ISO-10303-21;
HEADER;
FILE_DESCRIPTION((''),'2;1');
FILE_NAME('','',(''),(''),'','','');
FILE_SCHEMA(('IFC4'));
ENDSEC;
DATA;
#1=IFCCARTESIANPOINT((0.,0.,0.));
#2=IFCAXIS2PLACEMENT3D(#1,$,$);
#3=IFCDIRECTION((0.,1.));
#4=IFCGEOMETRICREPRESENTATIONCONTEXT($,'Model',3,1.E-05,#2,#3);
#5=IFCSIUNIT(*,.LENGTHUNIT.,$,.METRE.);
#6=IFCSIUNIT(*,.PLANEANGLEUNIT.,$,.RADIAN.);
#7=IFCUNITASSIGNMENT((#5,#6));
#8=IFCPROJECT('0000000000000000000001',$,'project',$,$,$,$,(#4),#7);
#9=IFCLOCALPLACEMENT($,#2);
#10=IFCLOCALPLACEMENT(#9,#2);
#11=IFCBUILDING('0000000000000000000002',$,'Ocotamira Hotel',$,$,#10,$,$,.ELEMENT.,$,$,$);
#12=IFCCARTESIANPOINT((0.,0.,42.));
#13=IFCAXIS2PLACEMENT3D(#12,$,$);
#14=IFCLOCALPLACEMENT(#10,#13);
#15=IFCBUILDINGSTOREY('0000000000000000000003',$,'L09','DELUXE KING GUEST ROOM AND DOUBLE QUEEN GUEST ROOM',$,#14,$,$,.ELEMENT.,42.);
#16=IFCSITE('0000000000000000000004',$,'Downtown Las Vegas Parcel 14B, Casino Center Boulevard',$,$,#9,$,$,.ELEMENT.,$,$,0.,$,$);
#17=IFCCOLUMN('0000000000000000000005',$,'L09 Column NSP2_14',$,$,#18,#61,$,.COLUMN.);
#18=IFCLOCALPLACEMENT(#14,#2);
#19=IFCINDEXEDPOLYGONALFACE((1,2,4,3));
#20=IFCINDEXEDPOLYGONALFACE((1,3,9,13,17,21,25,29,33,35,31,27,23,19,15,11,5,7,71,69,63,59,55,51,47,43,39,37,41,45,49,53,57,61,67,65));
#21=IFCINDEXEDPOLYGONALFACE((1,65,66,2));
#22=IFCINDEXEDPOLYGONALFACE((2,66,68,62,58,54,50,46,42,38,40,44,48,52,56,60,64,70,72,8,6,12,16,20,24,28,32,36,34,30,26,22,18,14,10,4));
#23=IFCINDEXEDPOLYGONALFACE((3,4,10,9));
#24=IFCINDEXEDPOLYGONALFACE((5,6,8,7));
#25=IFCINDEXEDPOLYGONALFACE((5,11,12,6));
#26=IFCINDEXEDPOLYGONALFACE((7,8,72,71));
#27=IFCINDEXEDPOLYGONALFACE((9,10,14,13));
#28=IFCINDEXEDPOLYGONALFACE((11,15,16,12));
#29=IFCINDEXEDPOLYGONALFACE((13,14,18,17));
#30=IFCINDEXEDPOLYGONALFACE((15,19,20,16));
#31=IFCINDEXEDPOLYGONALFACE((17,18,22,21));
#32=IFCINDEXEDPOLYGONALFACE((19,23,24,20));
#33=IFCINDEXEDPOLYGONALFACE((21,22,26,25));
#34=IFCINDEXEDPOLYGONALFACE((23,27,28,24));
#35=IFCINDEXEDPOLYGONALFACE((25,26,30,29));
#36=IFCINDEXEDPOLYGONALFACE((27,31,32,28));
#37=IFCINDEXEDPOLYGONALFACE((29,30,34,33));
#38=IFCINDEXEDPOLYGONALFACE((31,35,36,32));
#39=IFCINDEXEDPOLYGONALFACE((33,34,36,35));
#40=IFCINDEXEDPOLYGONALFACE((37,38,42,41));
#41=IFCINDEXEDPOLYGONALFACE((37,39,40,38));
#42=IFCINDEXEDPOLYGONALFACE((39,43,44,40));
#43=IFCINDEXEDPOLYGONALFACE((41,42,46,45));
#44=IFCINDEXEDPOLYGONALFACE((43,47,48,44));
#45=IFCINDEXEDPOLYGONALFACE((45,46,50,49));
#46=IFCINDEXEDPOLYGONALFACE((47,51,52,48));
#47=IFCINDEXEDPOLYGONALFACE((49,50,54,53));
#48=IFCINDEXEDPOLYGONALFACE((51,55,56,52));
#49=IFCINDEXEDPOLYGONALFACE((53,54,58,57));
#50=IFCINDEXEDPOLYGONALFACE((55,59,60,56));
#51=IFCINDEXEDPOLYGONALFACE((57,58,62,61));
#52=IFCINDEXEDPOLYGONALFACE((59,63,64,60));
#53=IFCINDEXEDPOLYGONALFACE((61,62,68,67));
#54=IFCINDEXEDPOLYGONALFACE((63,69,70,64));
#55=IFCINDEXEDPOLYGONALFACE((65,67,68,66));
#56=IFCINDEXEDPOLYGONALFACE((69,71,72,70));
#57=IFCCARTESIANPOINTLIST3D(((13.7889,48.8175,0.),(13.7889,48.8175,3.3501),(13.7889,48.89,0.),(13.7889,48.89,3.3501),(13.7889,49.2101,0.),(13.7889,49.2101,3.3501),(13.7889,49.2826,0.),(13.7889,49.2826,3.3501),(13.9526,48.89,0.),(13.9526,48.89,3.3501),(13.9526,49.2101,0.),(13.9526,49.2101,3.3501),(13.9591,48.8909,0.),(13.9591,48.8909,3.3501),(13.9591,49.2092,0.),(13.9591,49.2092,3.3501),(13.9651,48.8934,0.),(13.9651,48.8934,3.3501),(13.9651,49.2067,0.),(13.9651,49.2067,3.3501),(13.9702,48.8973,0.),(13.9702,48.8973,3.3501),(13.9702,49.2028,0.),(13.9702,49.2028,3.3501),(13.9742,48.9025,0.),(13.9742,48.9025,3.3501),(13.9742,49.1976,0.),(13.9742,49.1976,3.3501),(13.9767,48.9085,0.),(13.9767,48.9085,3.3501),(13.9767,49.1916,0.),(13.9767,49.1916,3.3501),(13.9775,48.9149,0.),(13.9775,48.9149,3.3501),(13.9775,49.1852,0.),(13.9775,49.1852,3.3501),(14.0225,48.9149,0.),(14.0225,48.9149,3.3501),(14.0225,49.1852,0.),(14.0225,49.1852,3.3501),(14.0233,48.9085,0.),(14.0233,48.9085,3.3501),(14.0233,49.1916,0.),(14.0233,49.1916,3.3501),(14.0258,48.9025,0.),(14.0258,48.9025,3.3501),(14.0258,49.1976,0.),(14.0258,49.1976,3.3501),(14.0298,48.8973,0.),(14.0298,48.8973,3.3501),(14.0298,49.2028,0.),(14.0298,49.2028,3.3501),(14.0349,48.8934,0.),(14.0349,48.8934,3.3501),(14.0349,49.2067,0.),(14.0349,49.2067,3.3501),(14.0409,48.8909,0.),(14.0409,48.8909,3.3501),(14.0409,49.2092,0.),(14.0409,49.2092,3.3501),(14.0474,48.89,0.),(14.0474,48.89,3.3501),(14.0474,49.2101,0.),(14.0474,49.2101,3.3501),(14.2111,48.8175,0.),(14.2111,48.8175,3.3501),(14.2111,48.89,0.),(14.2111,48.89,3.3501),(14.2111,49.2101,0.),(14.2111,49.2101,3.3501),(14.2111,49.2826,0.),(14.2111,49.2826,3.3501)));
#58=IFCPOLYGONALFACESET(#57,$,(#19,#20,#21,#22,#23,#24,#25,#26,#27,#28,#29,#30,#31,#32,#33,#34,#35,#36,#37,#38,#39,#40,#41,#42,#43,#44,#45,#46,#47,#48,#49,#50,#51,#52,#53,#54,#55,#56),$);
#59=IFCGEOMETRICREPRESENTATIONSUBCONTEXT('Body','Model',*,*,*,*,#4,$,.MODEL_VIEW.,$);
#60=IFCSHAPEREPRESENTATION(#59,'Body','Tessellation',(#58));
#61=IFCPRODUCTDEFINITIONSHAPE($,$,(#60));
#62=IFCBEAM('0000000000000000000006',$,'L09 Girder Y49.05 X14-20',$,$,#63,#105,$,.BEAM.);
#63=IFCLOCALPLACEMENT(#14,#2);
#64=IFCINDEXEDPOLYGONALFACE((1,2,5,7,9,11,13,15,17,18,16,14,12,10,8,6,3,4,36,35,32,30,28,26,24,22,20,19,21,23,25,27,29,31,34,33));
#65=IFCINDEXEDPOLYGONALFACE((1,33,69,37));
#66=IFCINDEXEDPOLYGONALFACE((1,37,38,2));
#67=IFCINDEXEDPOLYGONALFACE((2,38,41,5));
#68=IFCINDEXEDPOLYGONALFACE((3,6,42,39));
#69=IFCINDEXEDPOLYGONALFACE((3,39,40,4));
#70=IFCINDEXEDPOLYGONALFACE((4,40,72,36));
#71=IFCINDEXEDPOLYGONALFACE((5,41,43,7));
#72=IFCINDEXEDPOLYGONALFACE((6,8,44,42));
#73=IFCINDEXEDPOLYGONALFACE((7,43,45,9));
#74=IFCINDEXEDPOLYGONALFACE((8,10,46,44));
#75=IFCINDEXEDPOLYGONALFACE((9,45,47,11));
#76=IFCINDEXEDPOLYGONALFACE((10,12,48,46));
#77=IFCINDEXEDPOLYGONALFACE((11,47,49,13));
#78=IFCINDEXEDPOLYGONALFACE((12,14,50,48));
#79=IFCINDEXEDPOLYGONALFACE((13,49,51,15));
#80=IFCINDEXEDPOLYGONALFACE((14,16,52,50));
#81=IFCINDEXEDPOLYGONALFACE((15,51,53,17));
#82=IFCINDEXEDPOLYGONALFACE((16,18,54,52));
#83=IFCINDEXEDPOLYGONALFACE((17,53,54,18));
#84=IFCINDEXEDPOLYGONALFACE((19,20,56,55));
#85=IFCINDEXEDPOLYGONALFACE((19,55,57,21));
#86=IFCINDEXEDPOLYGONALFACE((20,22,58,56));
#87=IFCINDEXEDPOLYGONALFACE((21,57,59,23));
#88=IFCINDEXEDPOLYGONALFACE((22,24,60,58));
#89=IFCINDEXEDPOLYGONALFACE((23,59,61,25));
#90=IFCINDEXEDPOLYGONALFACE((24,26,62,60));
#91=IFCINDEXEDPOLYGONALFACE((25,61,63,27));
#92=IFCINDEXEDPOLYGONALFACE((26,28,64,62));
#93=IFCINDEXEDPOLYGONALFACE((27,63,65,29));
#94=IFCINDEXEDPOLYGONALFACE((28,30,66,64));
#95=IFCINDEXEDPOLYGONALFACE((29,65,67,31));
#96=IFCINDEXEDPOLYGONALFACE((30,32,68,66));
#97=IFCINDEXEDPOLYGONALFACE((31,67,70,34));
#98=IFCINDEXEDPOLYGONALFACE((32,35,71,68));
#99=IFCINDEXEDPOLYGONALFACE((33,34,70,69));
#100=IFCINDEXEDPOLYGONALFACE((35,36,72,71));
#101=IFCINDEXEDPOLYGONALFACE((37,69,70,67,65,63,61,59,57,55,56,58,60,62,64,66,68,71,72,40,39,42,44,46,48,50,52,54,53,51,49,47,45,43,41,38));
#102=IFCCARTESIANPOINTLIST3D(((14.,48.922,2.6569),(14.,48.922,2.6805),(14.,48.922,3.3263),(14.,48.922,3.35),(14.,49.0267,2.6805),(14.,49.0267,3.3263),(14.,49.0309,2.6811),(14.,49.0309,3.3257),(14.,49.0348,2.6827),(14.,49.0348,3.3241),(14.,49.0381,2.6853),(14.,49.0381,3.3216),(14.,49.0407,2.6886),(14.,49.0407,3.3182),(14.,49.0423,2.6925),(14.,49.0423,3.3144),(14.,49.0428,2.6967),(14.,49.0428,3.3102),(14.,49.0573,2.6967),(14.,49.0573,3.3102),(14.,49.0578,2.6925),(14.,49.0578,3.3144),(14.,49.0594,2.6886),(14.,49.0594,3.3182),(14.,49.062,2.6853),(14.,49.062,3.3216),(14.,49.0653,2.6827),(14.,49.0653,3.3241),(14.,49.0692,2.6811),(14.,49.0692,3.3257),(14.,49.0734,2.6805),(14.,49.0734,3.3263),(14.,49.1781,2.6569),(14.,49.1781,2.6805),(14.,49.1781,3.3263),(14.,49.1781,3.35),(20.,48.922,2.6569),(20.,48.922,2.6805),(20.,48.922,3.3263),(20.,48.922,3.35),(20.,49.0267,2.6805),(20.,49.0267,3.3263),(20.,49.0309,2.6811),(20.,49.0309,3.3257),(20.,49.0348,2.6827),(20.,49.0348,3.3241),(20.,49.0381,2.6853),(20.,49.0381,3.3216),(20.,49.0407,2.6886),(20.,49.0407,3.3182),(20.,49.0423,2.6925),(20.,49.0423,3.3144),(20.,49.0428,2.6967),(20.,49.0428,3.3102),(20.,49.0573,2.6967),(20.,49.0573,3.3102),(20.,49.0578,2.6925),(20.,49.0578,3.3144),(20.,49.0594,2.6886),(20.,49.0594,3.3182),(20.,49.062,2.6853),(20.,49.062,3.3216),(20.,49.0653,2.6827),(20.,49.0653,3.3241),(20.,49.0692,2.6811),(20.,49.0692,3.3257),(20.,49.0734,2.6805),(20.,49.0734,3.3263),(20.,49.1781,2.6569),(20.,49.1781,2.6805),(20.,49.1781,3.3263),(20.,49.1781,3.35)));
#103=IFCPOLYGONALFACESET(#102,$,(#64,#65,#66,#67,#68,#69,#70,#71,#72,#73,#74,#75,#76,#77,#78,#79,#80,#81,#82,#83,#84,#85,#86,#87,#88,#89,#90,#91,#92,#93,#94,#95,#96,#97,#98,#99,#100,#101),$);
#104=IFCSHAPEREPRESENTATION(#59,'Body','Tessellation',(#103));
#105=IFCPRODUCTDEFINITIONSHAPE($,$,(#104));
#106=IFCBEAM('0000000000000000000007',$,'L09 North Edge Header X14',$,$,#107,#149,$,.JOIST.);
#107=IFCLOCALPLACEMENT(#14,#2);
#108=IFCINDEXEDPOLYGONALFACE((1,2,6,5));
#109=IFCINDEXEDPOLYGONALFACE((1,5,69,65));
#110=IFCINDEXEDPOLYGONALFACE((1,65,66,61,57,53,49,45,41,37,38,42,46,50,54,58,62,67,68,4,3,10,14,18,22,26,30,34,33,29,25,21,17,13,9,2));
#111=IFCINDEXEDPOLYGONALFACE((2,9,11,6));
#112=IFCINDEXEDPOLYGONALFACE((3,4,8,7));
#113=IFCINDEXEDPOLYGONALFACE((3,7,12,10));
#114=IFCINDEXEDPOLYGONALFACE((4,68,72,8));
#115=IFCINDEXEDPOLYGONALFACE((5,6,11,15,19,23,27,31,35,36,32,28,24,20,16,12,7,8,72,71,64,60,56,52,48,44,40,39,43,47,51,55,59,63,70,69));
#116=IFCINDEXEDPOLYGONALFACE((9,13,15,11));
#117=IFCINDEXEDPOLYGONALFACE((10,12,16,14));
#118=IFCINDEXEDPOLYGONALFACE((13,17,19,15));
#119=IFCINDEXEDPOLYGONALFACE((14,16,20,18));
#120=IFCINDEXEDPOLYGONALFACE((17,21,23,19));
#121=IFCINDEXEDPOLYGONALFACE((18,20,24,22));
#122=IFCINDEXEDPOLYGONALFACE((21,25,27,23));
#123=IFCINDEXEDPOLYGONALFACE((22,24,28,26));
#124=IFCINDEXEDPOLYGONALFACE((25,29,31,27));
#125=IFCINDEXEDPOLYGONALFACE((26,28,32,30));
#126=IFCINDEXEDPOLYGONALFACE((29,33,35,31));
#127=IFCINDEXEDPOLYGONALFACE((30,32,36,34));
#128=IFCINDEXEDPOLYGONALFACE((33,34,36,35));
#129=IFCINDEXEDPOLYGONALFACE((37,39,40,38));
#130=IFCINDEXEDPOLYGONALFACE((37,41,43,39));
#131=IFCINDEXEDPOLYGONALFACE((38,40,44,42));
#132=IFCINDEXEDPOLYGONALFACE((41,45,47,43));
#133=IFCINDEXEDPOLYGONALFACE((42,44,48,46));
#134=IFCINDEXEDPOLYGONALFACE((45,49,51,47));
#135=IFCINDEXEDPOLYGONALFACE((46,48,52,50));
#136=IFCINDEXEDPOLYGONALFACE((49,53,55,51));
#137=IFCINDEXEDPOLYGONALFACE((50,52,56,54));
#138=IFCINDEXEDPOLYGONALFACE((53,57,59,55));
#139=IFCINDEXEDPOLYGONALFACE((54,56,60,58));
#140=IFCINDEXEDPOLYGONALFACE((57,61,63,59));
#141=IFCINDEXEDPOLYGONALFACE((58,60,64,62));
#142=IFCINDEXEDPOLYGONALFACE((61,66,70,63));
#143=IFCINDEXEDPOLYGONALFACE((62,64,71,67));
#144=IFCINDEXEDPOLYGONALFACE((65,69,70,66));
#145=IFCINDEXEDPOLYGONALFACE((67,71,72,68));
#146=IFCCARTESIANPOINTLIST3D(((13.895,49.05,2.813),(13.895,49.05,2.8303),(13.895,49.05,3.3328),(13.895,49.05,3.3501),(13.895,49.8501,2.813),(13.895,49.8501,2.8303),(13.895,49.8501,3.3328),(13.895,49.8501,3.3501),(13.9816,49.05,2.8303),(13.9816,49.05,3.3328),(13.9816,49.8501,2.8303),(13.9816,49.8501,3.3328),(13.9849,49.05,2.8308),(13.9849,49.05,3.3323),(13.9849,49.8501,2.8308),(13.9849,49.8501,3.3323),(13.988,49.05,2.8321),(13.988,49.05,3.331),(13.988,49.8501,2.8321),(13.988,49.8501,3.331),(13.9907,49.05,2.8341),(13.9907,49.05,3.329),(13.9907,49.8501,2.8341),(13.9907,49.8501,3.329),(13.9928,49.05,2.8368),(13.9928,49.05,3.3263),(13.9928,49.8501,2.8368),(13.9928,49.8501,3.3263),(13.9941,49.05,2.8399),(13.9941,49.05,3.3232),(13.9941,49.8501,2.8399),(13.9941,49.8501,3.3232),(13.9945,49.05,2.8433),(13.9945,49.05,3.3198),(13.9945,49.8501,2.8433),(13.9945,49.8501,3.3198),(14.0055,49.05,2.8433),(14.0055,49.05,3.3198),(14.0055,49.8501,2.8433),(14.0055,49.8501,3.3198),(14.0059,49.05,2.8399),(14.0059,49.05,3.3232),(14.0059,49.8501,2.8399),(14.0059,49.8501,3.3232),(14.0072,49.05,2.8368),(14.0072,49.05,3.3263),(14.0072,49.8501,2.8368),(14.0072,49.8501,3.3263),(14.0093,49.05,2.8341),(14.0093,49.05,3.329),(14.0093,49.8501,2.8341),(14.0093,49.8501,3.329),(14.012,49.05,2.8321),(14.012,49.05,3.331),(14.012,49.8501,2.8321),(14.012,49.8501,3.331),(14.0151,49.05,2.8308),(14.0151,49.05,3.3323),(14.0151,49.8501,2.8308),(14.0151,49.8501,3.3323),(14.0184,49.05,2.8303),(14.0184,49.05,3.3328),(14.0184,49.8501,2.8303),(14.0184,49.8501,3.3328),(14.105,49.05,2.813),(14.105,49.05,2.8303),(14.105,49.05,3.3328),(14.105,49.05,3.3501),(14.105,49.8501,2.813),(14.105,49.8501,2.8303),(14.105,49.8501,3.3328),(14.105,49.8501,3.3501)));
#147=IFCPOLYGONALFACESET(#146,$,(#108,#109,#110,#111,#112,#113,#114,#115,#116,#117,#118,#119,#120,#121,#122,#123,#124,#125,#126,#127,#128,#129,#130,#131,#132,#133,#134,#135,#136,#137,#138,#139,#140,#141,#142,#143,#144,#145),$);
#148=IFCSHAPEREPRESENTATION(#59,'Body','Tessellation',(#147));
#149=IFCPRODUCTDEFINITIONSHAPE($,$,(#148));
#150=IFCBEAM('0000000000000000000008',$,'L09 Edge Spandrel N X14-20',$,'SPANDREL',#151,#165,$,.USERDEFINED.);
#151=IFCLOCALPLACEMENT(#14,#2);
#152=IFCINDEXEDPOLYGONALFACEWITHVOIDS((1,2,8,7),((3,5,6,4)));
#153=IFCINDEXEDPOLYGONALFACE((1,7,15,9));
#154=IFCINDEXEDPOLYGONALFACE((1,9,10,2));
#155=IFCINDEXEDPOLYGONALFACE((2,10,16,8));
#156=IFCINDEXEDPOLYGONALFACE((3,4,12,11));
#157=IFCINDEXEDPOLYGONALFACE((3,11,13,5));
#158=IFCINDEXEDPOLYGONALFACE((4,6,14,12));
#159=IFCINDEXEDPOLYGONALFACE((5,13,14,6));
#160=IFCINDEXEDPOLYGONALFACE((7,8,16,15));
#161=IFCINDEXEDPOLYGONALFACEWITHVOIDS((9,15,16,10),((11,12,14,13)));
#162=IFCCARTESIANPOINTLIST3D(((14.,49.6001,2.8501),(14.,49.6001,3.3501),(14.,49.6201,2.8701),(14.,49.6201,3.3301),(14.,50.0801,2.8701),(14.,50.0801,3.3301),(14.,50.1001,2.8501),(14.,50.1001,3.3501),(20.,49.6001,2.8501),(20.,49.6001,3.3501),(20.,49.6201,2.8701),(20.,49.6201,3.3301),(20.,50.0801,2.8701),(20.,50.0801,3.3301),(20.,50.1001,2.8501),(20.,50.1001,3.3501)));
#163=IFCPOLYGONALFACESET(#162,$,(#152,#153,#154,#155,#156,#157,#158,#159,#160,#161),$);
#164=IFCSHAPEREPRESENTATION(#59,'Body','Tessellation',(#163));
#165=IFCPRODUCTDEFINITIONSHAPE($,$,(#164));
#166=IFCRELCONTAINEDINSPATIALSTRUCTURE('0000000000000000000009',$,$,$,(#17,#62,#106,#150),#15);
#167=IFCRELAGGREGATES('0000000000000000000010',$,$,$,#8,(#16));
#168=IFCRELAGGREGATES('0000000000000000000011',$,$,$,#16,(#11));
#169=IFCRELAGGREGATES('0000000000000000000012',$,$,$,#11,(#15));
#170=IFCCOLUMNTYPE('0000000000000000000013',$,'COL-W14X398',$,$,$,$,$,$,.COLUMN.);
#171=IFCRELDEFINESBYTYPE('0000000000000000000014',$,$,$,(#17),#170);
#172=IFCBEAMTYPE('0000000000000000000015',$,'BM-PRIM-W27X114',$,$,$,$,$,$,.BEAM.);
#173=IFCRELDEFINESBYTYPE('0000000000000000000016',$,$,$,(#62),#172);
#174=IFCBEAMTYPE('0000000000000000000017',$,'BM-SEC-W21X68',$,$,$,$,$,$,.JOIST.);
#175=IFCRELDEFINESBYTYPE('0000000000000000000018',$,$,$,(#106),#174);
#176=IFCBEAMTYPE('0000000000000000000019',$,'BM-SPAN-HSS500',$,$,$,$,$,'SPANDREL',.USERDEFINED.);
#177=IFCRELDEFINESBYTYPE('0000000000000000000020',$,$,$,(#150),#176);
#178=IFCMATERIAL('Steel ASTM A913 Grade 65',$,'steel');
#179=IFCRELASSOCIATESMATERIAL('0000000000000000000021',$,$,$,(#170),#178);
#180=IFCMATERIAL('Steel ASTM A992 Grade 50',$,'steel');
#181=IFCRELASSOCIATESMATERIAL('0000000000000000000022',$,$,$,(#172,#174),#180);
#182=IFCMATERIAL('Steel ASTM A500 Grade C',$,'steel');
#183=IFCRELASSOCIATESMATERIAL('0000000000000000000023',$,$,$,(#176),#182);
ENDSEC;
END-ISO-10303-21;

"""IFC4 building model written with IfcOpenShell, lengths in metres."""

from ifc_helpers import new_model, si_unit, direction, frame, origin, origin_2d, place, context, subcontext, project, spatial, hollow_rectangle, i_section, extrude, source, transform, mapped, material, material_profile, profile_set, type_object, element, save


model = new_model("IFC4")

# Units and contexts
model_context = context("Model", 3, precision=1e-05, world=origin(), true_north=direction((0.0, 1.0)))
body_context = subcontext(model_context, "Body", "Model", "MODEL_VIEW")
ifc_project = project(units=[si_unit("LENGTHUNIT", "METRE"), si_unit("PLANEANGLEUNIT", "RADIAN")], contexts=[model_context])

# Site, building, storey
site_placement = place(None, origin())
site = spatial("IfcSite", under=ifc_project, at=site_placement, Name="Downtown Las Vegas Parcel 14B, Casino Center Boulevard", CompositionType="ELEMENT", RefElevation=0.0)
building_placement = place(site_placement, origin())
building = spatial("IfcBuilding", under=site, at=building_placement, Name="Ocotamira Hotel", CompositionType="ELEMENT")
storey_placement = place(building_placement, frame((0.0, 0.0, 42.0)))
storey = spatial("IfcBuildingStorey", under=building, at=storey_placement, Name="L09", Description="DELUXE KING GUEST ROOM AND DOUBLE QUEEN GUEST ROOM", CompositionType="ELEMENT", Elevation=42.0)

# Column
ifc_material_1 = material(Name="Steel ASTM A913 Grade 65", Category="steel")
ifc_material_profile_1 = material_profile(ifc_material_1, i_section(OverallWidth=0.4221, OverallDepth=0.4651, WebThickness=0.0449, FlangeThickness=0.0725, FilletRadius=0.0249, at=origin_2d()), Name="W14X398")
ifc_profile_set_1 = profile_set([ifc_material_profile_1], Name="Steel ASTM A913 Grade 65")
column_type = type_object("IfcColumnType", Name="COL-W14X398", PredefinedType="COLUMN", material=ifc_profile_set_1)
shared_shape_1 = source(origin(), body_context, "Body", "SweptSolid", [
    extrude(i_section(OverallWidth=0.4221, OverallDepth=0.4651, WebThickness=0.0449, FlangeThickness=0.0725, FilletRadius=0.0249, at=origin_2d()), origin(), (0.0, 0.0, 1.0), 3.3501),
])
column_placement = place(storey_placement, frame((14.0, 49.05, 0.0), z_axis=(0.0, 0.0, 1.0), x_axis=(1.0, 0.0, 0.0)))
element("IfcColumn", 1, at=column_placement, inside=storey, type_object=column_type, Name="L09 Column NSP2_14", PredefinedType="COLUMN", context=body_context, shape_type="MappedRepresentation", body=[
    mapped(shared_shape_1, transform((0.0, 0.0, 0.0), scale=1.0)),
])

# Beams
ifc_material_2 = material(Name="Steel ASTM A992 Grade 50", Category="steel")
ifc_material_profile_2 = material_profile(ifc_material_2, i_section(OverallWidth=0.2561, OverallDepth=0.6931, WebThickness=0.0144, FlangeThickness=0.0237, FilletRadius=0.0161, at=origin_2d()), Name="W27X114")
ifc_profile_set_2 = profile_set([ifc_material_profile_2], Name="Steel ASTM A992 Grade 50")
beam_type_1 = type_object("IfcBeamType", Name="BM-PRIM-W27X114", PredefinedType="BEAM", material=ifc_profile_set_2)
shared_shape_2 = source(origin(), body_context, "Body", "SweptSolid", [
    extrude(i_section(OverallWidth=0.2561, OverallDepth=0.6931, WebThickness=0.0144, FlangeThickness=0.0237, FilletRadius=0.0161, at=origin_2d()), origin(), (0.0, 0.0, 1.0), 6.0),
])
beam_1_placement = place(storey_placement, frame((14.0, 49.05, 3.0034), z_axis=(1.0, 0.0, 0.0), x_axis=(0.0, 1.0, 0.0)))
element("IfcBeam", 2, at=beam_1_placement, inside=storey, type_object=beam_type_1, Name="L09 Girder Y49.05 X14-20", PredefinedType="BEAM", context=body_context, shape_type="MappedRepresentation", body=[
    mapped(shared_shape_2, transform((0.0, 0.0, 0.0), scale=1.0)),
])
ifc_material_profile_3 = material_profile(ifc_material_2, i_section(OverallWidth=0.21, OverallDepth=0.5371, WebThickness=0.011, FlangeThickness=0.0173, FilletRadius=0.0129, at=origin_2d()), Name="W21X68")
ifc_profile_set_3 = profile_set([ifc_material_profile_3], Name="Steel ASTM A992 Grade 50")
beam_type_2 = type_object("IfcBeamType", Name="BM-SEC-W21X68", PredefinedType="JOIST", material=ifc_profile_set_3)
shared_shape_3 = source(origin(), body_context, "Body", "SweptSolid", [
    extrude(i_section(OverallWidth=0.21, OverallDepth=0.5371, WebThickness=0.011, FlangeThickness=0.0173, FilletRadius=0.0129, at=origin_2d()), origin(), (0.0, 0.0, 1.0), 0.8),
])
beam_2_placement = place(storey_placement, frame((14.0, 49.05, 3.0815), z_axis=(0.0, 1.0, 0.0), x_axis=(-1.0, 0.0, 0.0)))
element("IfcBeam", 3, at=beam_2_placement, inside=storey, type_object=beam_type_2, Name="L09 North Edge Header X14", PredefinedType="JOIST", context=body_context, shape_type="MappedRepresentation", body=[
    mapped(shared_shape_3, transform((0.0, 0.0, 0.0), scale=1.0)),
])
ifc_material_3 = material(Name="Steel ASTM A500 Grade C", Category="steel")
ifc_material_profile_4 = material_profile(ifc_material_3, hollow_rectangle(XDim=0.5, YDim=0.5, WallThickness=0.02, at=origin_2d()), Name="HSS500X500X20")
ifc_profile_set_4 = profile_set([ifc_material_profile_4], Name="Steel ASTM A500 Grade C")
beam_type_3 = type_object("IfcBeamType", Name="BM-SPAN-HSS500", ElementType="SPANDREL", PredefinedType="USERDEFINED", material=ifc_profile_set_4)
shared_shape_4 = source(origin(), body_context, "Body", "SweptSolid", [
    extrude(hollow_rectangle(XDim=0.5, YDim=0.5, WallThickness=0.02, at=origin_2d()), origin(), (0.0, 0.0, 1.0), 6.0),
])
beam_3_placement = place(storey_placement, frame((14.0, 49.8501, 3.1001), z_axis=(1.0, 0.0, 0.0), x_axis=(0.0, 1.0, 0.0)))
element("IfcBeam", 4, at=beam_3_placement, inside=storey, type_object=beam_type_3, Name="L09 Edge Spandrel N X14-20", ObjectType="SPANDREL", PredefinedType="USERDEFINED", context=body_context, shape_type="MappedRepresentation", body=[
    mapped(shared_shape_4, transform((0.0, 0.0, 0.0), scale=1.0)),
])

save(model, "model.ifc")
